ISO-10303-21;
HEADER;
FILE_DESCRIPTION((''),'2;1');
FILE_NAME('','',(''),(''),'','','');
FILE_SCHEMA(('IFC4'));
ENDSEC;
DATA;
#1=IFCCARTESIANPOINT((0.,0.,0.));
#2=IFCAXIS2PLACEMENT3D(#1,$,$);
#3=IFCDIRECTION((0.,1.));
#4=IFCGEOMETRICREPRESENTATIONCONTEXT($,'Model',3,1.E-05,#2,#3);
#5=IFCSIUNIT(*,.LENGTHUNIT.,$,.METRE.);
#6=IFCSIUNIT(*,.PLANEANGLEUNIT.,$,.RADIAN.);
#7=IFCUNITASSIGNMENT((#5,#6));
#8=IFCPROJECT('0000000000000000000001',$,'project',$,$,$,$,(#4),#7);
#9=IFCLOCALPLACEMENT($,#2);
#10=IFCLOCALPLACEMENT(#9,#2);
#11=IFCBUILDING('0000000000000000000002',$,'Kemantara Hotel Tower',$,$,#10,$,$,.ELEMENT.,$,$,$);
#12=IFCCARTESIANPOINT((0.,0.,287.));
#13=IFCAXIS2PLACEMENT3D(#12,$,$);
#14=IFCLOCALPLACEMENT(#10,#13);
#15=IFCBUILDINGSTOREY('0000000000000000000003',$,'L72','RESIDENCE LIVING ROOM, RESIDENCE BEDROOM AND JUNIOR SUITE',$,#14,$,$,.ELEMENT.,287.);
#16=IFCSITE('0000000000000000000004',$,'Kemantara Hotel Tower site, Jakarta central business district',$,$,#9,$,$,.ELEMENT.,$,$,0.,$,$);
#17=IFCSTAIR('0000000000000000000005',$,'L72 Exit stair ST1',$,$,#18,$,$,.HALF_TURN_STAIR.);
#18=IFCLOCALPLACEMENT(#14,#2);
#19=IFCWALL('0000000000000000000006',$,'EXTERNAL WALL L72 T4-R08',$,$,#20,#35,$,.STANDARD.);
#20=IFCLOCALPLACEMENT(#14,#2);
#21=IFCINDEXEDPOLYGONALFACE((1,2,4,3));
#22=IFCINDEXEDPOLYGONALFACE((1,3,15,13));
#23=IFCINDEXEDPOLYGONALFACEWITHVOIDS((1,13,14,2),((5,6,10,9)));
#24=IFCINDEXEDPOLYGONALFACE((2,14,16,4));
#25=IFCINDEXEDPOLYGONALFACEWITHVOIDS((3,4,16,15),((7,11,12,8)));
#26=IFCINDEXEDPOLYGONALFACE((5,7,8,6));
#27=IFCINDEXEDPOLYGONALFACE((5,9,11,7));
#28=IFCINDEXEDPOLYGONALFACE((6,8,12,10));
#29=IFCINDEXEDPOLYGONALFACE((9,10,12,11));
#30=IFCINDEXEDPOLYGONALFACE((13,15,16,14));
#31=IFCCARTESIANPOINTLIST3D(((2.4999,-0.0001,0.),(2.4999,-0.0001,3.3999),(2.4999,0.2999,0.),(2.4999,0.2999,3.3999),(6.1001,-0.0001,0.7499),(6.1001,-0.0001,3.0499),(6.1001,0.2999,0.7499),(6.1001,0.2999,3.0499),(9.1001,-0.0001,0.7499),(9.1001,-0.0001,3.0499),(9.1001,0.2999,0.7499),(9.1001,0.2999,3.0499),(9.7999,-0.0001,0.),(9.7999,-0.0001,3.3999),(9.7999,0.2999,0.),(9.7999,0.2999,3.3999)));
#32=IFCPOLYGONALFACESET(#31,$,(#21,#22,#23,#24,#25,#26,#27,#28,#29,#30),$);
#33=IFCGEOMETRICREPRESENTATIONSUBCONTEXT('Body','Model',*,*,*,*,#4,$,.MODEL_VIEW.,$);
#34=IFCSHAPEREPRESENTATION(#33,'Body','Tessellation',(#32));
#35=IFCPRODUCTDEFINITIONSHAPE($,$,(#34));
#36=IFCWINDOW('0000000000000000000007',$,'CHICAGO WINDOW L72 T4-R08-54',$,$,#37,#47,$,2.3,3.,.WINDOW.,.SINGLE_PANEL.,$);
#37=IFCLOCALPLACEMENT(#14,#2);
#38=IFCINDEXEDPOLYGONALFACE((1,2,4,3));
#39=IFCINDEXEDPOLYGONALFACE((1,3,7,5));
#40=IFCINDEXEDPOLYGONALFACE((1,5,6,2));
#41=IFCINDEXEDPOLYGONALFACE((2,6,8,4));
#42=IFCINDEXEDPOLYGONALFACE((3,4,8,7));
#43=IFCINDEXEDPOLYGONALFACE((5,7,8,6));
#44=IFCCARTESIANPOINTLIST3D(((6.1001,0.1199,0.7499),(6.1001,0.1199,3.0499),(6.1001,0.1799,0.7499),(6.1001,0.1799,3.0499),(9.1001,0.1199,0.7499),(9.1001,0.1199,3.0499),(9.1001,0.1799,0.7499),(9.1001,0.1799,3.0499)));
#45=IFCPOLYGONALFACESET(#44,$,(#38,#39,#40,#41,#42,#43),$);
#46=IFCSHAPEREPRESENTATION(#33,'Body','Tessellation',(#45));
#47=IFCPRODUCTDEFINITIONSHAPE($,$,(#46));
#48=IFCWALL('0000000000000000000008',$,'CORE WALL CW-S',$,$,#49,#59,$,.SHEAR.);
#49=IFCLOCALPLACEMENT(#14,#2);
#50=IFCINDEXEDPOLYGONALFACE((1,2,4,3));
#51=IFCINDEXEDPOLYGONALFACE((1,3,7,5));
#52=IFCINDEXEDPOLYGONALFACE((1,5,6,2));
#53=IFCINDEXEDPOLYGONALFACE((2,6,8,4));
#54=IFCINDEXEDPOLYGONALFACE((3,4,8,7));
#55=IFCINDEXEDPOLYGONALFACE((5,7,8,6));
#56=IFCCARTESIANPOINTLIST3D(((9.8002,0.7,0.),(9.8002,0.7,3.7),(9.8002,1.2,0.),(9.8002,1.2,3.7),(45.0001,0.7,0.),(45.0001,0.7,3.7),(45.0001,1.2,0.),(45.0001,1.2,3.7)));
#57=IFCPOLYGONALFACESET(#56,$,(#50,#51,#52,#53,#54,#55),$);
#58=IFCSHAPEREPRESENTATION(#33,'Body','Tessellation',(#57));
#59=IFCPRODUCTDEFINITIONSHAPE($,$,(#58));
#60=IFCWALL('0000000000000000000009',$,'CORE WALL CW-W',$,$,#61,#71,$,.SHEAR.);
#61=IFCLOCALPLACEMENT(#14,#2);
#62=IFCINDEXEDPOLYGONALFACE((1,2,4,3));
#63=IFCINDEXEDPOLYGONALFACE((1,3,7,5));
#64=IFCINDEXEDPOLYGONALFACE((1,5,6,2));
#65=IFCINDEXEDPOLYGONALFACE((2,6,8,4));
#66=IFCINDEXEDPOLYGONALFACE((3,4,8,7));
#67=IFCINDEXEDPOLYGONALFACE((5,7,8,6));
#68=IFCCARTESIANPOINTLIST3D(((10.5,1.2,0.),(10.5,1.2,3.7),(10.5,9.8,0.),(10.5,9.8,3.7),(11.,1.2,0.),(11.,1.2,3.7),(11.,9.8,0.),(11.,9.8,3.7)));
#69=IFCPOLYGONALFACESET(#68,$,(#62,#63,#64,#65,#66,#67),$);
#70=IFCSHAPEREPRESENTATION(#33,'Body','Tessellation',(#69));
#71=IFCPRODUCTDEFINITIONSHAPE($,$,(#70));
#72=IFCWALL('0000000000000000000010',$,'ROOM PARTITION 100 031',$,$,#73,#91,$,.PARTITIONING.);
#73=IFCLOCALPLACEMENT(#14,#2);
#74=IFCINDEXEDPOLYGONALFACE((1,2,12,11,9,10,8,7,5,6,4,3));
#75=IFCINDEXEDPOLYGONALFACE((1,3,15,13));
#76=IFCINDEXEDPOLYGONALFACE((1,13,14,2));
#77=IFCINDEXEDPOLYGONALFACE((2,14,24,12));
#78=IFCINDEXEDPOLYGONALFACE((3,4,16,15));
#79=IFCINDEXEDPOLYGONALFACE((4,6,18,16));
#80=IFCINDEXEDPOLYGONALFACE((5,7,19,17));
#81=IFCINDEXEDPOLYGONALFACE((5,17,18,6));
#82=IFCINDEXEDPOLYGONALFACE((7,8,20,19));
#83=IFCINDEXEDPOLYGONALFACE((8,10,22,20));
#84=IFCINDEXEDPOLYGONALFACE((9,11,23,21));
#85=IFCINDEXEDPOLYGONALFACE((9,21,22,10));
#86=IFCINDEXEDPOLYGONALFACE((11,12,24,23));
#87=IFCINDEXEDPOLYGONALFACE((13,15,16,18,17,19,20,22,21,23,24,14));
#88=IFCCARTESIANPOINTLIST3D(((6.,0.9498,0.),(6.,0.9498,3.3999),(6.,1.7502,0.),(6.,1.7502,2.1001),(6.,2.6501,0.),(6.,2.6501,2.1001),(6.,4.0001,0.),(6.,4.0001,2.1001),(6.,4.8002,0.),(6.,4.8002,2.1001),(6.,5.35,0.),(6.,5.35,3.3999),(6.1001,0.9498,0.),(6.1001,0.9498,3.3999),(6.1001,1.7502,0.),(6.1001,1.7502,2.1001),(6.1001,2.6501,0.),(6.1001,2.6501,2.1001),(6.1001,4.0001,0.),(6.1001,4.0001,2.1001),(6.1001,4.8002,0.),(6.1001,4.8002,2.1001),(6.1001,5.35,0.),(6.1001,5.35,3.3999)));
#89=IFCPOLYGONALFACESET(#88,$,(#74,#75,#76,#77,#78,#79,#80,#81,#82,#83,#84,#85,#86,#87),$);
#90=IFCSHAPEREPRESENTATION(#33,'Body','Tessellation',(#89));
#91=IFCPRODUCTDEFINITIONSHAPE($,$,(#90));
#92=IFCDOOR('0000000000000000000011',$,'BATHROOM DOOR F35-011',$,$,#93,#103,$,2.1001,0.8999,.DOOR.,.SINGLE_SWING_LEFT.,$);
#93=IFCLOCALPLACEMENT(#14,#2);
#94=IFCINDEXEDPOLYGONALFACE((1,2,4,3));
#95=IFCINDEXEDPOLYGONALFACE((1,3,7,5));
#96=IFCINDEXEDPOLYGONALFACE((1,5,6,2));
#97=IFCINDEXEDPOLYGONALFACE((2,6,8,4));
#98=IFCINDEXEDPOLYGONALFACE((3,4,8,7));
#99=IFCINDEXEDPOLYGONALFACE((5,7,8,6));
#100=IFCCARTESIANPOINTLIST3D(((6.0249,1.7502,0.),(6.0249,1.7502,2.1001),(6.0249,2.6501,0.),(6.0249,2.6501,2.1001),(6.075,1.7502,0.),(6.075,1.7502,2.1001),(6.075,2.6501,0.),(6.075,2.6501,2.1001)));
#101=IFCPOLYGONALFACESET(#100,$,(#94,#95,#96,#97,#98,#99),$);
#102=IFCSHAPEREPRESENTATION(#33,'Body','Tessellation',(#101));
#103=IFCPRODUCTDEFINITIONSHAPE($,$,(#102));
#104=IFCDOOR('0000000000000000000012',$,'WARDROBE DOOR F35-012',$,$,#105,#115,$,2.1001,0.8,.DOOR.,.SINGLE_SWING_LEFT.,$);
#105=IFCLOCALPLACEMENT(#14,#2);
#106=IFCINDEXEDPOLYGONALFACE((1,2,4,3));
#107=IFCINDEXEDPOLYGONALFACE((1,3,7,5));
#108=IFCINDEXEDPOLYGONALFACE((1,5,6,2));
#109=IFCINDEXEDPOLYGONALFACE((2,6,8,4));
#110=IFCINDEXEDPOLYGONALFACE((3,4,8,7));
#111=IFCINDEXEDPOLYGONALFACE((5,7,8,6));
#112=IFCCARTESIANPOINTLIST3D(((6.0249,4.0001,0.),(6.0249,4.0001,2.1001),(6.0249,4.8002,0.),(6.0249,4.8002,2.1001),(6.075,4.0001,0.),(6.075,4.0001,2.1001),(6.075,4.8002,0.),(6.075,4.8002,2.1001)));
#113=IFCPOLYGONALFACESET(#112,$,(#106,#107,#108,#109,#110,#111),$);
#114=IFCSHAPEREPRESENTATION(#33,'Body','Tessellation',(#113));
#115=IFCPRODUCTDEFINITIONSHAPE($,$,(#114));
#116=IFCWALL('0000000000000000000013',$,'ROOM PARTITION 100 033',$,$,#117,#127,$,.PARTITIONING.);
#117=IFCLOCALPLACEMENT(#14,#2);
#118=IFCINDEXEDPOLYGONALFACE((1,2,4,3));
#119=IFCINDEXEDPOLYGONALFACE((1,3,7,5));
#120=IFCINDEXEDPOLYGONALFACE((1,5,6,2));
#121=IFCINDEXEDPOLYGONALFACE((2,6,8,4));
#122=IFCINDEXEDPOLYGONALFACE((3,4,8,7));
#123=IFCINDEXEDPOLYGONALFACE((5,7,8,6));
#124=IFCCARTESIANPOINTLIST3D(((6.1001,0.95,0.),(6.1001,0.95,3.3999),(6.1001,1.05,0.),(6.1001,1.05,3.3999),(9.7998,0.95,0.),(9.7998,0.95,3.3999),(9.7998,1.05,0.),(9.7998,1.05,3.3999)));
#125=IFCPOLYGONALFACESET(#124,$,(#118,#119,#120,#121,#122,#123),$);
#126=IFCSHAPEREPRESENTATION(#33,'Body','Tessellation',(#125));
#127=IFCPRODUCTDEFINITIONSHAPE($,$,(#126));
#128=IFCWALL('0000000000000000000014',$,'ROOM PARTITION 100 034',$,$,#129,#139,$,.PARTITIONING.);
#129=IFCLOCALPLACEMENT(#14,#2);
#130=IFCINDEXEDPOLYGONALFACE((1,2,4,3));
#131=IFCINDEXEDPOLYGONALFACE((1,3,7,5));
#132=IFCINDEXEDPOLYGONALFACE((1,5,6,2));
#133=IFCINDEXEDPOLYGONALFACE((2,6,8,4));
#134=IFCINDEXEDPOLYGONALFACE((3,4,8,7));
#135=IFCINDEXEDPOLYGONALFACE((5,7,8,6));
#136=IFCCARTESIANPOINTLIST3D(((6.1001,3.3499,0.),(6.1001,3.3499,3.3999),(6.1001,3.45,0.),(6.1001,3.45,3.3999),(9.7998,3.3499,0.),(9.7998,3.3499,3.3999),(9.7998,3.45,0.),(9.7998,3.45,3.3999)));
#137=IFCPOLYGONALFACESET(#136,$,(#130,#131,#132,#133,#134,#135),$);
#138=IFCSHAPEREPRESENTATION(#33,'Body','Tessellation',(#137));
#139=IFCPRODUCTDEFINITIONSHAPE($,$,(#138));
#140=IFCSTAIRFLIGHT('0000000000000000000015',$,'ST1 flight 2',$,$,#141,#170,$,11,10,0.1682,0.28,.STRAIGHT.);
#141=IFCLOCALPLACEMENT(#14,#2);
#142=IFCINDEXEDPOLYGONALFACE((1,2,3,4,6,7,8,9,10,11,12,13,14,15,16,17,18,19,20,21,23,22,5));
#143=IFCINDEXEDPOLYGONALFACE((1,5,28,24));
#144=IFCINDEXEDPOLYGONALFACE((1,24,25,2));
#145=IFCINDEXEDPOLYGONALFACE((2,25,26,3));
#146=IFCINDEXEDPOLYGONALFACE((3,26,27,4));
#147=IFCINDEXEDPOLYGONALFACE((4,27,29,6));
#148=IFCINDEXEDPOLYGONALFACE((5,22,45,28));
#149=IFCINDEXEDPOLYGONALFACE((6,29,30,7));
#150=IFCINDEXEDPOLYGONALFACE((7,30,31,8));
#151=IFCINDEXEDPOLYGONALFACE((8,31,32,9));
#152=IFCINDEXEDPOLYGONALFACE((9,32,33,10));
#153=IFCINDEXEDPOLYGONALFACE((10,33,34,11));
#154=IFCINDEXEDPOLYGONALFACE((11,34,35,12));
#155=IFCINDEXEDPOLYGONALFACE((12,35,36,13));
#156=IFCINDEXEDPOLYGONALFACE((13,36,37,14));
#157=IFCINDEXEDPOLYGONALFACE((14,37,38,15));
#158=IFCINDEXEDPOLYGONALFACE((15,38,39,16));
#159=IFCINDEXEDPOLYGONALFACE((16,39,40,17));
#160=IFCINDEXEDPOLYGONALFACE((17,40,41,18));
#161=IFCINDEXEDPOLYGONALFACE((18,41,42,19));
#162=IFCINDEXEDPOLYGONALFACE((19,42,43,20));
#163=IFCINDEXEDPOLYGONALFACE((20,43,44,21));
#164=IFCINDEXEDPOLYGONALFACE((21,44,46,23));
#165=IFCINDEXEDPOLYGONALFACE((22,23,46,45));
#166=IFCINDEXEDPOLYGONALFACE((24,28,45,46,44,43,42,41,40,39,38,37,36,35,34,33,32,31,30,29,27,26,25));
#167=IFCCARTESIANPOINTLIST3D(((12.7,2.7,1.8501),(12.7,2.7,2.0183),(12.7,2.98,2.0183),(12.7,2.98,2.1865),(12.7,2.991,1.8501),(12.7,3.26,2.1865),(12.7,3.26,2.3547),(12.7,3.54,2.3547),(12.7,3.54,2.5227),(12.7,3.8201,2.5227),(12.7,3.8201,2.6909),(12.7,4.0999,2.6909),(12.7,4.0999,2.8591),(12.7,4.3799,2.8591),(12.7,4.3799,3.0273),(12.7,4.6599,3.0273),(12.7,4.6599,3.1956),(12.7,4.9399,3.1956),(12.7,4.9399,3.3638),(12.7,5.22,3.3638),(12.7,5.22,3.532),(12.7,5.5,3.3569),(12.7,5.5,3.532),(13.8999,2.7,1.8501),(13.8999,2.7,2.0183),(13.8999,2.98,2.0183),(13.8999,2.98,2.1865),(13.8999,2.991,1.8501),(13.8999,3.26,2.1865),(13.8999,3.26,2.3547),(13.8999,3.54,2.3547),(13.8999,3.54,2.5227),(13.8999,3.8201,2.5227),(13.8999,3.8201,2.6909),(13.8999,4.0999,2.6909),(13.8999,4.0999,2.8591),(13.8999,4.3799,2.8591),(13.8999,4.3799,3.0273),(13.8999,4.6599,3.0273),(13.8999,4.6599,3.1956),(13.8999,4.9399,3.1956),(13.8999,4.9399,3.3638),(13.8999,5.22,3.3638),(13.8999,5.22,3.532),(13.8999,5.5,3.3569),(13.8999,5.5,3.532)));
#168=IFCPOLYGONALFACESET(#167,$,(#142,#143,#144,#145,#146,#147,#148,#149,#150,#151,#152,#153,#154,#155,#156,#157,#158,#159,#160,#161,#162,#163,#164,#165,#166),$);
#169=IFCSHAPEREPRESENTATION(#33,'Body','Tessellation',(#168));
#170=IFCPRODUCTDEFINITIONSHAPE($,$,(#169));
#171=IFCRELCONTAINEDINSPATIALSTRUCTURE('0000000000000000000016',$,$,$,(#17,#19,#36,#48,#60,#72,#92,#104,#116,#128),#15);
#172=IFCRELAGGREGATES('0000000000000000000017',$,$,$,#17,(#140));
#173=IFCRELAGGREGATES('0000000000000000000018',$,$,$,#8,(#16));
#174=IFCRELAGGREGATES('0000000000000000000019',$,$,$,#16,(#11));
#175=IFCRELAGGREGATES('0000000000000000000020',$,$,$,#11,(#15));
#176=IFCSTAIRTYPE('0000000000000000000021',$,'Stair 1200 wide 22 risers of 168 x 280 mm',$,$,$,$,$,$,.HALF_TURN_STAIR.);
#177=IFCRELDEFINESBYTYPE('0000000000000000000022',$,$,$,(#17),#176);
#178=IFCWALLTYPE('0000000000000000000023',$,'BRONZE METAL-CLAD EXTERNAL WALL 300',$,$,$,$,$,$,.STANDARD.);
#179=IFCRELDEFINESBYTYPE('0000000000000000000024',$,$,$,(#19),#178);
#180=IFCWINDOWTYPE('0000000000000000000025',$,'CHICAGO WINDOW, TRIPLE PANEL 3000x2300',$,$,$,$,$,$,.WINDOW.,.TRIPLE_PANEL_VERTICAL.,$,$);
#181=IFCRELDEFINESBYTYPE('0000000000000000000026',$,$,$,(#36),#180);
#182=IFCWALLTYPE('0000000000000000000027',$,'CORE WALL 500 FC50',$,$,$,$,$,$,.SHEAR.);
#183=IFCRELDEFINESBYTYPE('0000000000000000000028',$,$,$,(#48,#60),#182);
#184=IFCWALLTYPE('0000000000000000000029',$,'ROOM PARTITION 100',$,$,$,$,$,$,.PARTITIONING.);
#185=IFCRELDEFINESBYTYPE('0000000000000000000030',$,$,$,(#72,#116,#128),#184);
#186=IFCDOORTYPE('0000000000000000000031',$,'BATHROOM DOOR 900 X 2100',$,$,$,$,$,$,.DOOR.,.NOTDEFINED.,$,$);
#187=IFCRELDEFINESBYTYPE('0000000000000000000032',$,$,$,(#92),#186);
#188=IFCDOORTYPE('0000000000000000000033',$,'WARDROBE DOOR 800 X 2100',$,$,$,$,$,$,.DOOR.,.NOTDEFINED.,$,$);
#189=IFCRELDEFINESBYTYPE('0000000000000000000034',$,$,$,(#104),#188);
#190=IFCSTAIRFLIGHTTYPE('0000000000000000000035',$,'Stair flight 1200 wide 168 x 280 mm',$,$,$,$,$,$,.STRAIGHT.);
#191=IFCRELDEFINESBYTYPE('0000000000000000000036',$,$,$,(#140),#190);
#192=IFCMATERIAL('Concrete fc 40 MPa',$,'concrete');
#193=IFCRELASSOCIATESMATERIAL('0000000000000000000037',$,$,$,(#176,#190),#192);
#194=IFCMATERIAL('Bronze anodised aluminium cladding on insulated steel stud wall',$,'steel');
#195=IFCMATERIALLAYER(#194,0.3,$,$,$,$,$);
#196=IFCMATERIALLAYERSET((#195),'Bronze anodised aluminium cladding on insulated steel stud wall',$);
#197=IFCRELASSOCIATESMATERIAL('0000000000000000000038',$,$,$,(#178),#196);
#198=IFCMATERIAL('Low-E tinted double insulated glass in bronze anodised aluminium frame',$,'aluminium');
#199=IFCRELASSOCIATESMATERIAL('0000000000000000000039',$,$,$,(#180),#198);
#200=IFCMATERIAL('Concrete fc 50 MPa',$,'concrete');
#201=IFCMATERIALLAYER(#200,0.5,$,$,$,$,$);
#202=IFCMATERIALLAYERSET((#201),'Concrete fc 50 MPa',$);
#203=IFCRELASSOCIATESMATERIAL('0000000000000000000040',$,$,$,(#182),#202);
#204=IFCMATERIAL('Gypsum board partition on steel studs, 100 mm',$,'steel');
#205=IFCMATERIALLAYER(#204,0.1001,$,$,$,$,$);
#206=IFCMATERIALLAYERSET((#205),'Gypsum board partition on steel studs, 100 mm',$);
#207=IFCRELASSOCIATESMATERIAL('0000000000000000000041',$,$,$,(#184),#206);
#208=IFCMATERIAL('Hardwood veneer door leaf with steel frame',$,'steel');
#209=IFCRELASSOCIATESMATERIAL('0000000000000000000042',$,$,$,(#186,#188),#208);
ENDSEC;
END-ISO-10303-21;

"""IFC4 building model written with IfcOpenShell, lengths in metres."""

from ifc_helpers import new_model, si_unit, direction, frame, frame_2d, origin, place, context, subcontext, project, spatial, polyline, rectangle, outline, extrude, material, layer, layer_set, type_object, element, fill, aggregate, save


model = new_model("IFC4")

# Units and contexts
model_context = context("Model", 3, precision=1e-05, world=origin(), true_north=direction((0.0, 1.0)))
body_context = subcontext(model_context, "Body", "Model", "MODEL_VIEW")
ifc_project = project(units=[si_unit("LENGTHUNIT", "METRE"), si_unit("PLANEANGLEUNIT", "RADIAN")], contexts=[model_context])

# Site, building, storey
site_placement = place(None, origin())
site = spatial("IfcSite", under=ifc_project, at=site_placement, Name="Kemantara Hotel Tower site, Jakarta central business district", CompositionType="ELEMENT", RefElevation=0.0)
building_placement = place(site_placement, origin())
building = spatial("IfcBuilding", under=site, at=building_placement, Name="Kemantara Hotel Tower", CompositionType="ELEMENT")
storey_placement = place(building_placement, frame((0.0, 0.0, 287.0)))
storey = spatial("IfcBuildingStorey", under=building, at=storey_placement, Name="L72", Description="RESIDENCE LIVING ROOM, RESIDENCE BEDROOM AND JUNIOR SUITE", CompositionType="ELEMENT", Elevation=287.0)

# Shared definitions
ifc_material_1 = material(Name="Concrete fc 50 MPa", Category="concrete")

# Shared definitions
ifc_material_2 = material(Name="Concrete fc 40 MPa", Category="concrete")

# Stair
stair_type_1 = type_object("IfcStairType", Name="Stair 1200 wide 22 risers of 168 x 280 mm", PredefinedType="HALF_TURN_STAIR", material=ifc_material_2)
stair_1_placement = place(storey_placement, origin())
stair_1 = element("IfcStair", 1, at=stair_1_placement, inside=storey, type_object=stair_type_1, Name="L72 Exit stair ST1", PredefinedType="HALF_TURN_STAIR")

# Shared definitions
ifc_material_3 = material(Name="Bronze anodised aluminium cladding on insulated steel stud wall", Category="steel")
ifc_layer_1 = layer(ifc_material_3, 0.3)
ifc_layer_set_1 = layer_set([ifc_layer_1], Name="Bronze anodised aluminium cladding on insulated steel stud wall")
wall_type_1 = type_object("IfcWallType", Name="BRONZE METAL-CLAD EXTERNAL WALL 300", PredefinedType="STANDARD", material=ifc_layer_set_1)

# Wall, opening, window
wall_1_placement = place(storey_placement, frame((2.5, 0.1499, 0.0), z_axis=(0.0, 0.0, 1.0), x_axis=(1.0, 0.0, 0.0)))
wall_1 = element("IfcWall", 2, at=wall_1_placement, inside=storey, type_object=wall_type_1, Name="EXTERNAL WALL L72 T4-R08", PredefinedType="STANDARD", context=body_context, shape_type="SweptSolid", body=[
    extrude(rectangle(XDim=7.3, YDim=0.3, at=frame_2d((3.6499, 0.0))), origin(), (0.0, 0.0, 1.0), 3.3999),
])
opening_1_placement = place(wall_1_placement, frame((3.6001, 0.0, 0.75)))
opening_1 = element("IfcOpeningElement", 3, at=opening_1_placement, cuts=wall_1, PredefinedType="OPENING", context=body_context, shape_type="SweptSolid", body=[
    extrude(rectangle(XDim=3.0, YDim=2.3, at=frame_2d((1.5, 1.1499))), frame((0.0, 0.1599, 0.0), z_axis=(0.0, -1.0, 0.0), x_axis=(1.0, 0.0, 0.0)), (0.0, 0.0, 1.0), 0.3201),
])
ifc_material_4 = material(Name="Low-E tinted double insulated glass in bronze anodised aluminium frame", Category="aluminium")
window_type = type_object("IfcWindowType", Name="CHICAGO WINDOW, TRIPLE PANEL 3000x2300", PartitioningType="TRIPLE_PANEL_VERTICAL", PredefinedType="WINDOW", material=ifc_material_4)
window_placement = place(opening_1_placement, origin())
window = element("IfcWindow", 4, at=window_placement, inside=storey, type_object=window_type, Name="CHICAGO WINDOW L72 T4-R08-54", OverallHeight=2.3, OverallWidth=3.0, PartitioningType="SINGLE_PANEL", PredefinedType="WINDOW", context=body_context, shape_type="SweptSolid", body=[
    extrude(rectangle(XDim=3.0, YDim=2.3, at=frame_2d((1.5, 1.1499))), frame((0.0, 0.03, 0.0), z_axis=(0.0, -1.0, 0.0), x_axis=(1.0, 0.0, 0.0)), (0.0, 0.0, 1.0), 0.0601),
])
fill(opening_1, window)

# Walls
ifc_layer_2 = layer(ifc_material_1, 0.5)
ifc_layer_set_2 = layer_set([ifc_layer_2], Name="Concrete fc 50 MPa")
wall_type_2 = type_object("IfcWallType", Name="CORE WALL 500 FC50", PredefinedType="SHEAR", material=ifc_layer_set_2)
wall_2_placement = place(storey_placement, frame((9.8, 0.95, 0.0), z_axis=(0.0, 0.0, 1.0), x_axis=(1.0, 0.0, 0.0)))
element("IfcWall", 5, at=wall_2_placement, inside=storey, type_object=wall_type_2, Name="CORE WALL CW-S", PredefinedType="SHEAR", context=body_context, shape_type="SweptSolid", body=[
    extrude(rectangle(XDim=35.2, YDim=0.5, at=frame_2d((17.6001, 0.0))), origin(), (0.0, 0.0, 1.0), 3.7),
])
wall_3_placement = place(storey_placement, frame((10.75, 1.2, 0.0), z_axis=(0.0, 0.0, 1.0), x_axis=(0.0, 1.0, 0.0)))
element("IfcWall", 6, at=wall_3_placement, inside=storey, type_object=wall_type_2, Name="CORE WALL CW-W", PredefinedType="SHEAR", context=body_context, shape_type="SweptSolid", body=[
    extrude(rectangle(XDim=8.6001, YDim=0.5, at=frame_2d((4.3, 0.0))), origin(), (0.0, 0.0, 1.0), 3.7),
])

# Wall, openings, doors
ifc_material_5 = material(Name="Gypsum board partition on steel studs, 100 mm", Category="steel")
ifc_layer_3 = layer(ifc_material_5, 0.1001)
ifc_layer_set_3 = layer_set([ifc_layer_3], Name="Gypsum board partition on steel studs, 100 mm")
wall_type_3 = type_object("IfcWallType", Name="ROOM PARTITION 100", PredefinedType="PARTITIONING", material=ifc_layer_set_3)
wall_4_placement = place(storey_placement, frame((6.05, 5.3501, 0.0), z_axis=(0.0, 0.0, 1.0), x_axis=(0.0, -1.0, 0.0)))
wall_4 = element("IfcWall", 7, at=wall_4_placement, inside=storey, type_object=wall_type_3, Name="ROOM PARTITION 100 031", PredefinedType="PARTITIONING", context=body_context, shape_type="SweptSolid", body=[
    extrude(rectangle(XDim=4.4001, YDim=0.1001, at=frame_2d((2.2002, 0.0))), origin(), (0.0, 0.0, 1.0), 3.3999),
])
opening_2_placement = place(wall_4_placement, frame((2.7, 0.0, 0.0)))
opening_2 = element("IfcOpeningElement", 8, at=opening_2_placement, cuts=wall_4, PredefinedType="OPENING", context=body_context, shape_type="SweptSolid", body=[
    extrude(rectangle(XDim=0.8999, YDim=2.1001, at=frame_2d((0.45, 1.05))), frame((0.0, 0.0601, 0.0), z_axis=(0.0, -1.0, 0.0), x_axis=(1.0, 0.0, 0.0)), (0.0, 0.0, 1.0), 0.1201),
])
opening_3_placement = place(wall_4_placement, frame((0.55, 0.0, 0.0)))
opening_3 = element("IfcOpeningElement", 9, at=opening_3_placement, cuts=wall_4, PredefinedType="OPENING", context=body_context, shape_type="SweptSolid", body=[
    extrude(rectangle(XDim=0.8, YDim=2.1001, at=frame_2d((0.3999, 1.05))), frame((0.0, 0.0601, 0.0), z_axis=(0.0, -1.0, 0.0), x_axis=(1.0, 0.0, 0.0)), (0.0, 0.0, 1.0), 0.1201),
])
ifc_material_6 = material(Name="Hardwood veneer door leaf with steel frame", Category="steel")
door_type_1 = type_object("IfcDoorType", Name="BATHROOM DOOR 900 X 2100", OperationType="NOTDEFINED", PredefinedType="DOOR", material=ifc_material_6)
door_1_placement = place(opening_2_placement, origin())
door_1 = element("IfcDoor", 10, at=door_1_placement, inside=storey, type_object=door_type_1, Name="BATHROOM DOOR F35-011", OperationType="SINGLE_SWING_LEFT", OverallHeight=2.1001, OverallWidth=0.8999, PredefinedType="DOOR", context=body_context, shape_type="SweptSolid", body=[
    extrude(rectangle(XDim=0.8999, YDim=2.1001, at=frame_2d((0.45, 1.05))), frame((0.0, 0.0249, 0.0), z_axis=(0.0, -1.0, 0.0), x_axis=(1.0, 0.0, 0.0)), (0.0, 0.0, 1.0), 0.05),
])
fill(opening_2, door_1)
door_type_2 = type_object("IfcDoorType", Name="WARDROBE DOOR 800 X 2100", OperationType="NOTDEFINED", PredefinedType="DOOR", material=ifc_material_6)
door_2_placement = place(opening_3_placement, origin())
door_2 = element("IfcDoor", 11, at=door_2_placement, inside=storey, type_object=door_type_2, Name="WARDROBE DOOR F35-012", OperationType="SINGLE_SWING_LEFT", OverallHeight=2.1001, OverallWidth=0.8, PredefinedType="DOOR", context=body_context, shape_type="SweptSolid", body=[
    extrude(rectangle(XDim=0.8, YDim=2.1001, at=frame_2d((0.3999, 1.05))), frame((0.0, 0.0249, 0.0), z_axis=(0.0, -1.0, 0.0), x_axis=(1.0, 0.0, 0.0)), (0.0, 0.0, 1.0), 0.05),
])
fill(opening_3, door_2)

# Walls
for number, where, z_axis, x_axis, name in (
    (12, (6.1001, 1.0, 0.0), (0.0, 0.0, 1.0), (1.0, 0.0, 0.0), "ROOM PARTITION 100 033"),
    (13, (6.1001, 3.3999, 0.0), (0.0, 0.0, 1.0), (1.0, 0.0, 0.0), "ROOM PARTITION 100 034"),
):
    element("IfcWall", number, at=place(storey_placement, frame(where, z_axis=z_axis, x_axis=x_axis)), inside=storey, type_object=wall_type_3, Name=name, PredefinedType="PARTITIONING", context=body_context, shape_type="SweptSolid", body=[
        extrude(rectangle(XDim=3.6997, YDim=0.1001, at=frame_2d((1.8499, 0.0))), origin(), (0.0, 0.0, 1.0), 3.3999),
    ])

# Stair flight
stair_flight_type = type_object("IfcStairFlightType", Name="Stair flight 1200 wide 168 x 280 mm", PredefinedType="STRAIGHT", material=ifc_material_2)
stair_flight_placement = place(storey_placement, frame((13.3, 2.7, 1.8501), z_axis=(0.0, 0.0, 1.0), x_axis=(0.0, 1.0, 0.0)))
stair_flight = element("IfcStairFlight", 14, at=stair_flight_placement, type_object=stair_flight_type, Name="ST1 flight 2", NumberOfRisers=11, NumberOfTreads=10, PredefinedType="STRAIGHT", RiserHeight=0.1682, TreadLength=0.28, context=body_context, shape_type="SweptSolid", body=[
    extrude(outline(polyline([(0.0, 0.0), (0.0, 0.1682), (0.28, 0.1682), (0.28, 0.3364), (0.5601, 0.3364), (0.5601, 0.5046), (0.8401, 0.5046), (0.8401, 0.6726), (1.1201, 0.6726), (1.1201, 0.8408), (1.3999, 0.8408), (1.3999, 1.009), (1.6799, 1.009), (1.6799, 1.1772), (1.96, 1.1772), (1.96, 1.3455), (2.24, 1.3455), (2.24, 1.5137), (2.52, 1.5137), (2.52, 1.6819), (2.8, 1.6819), (2.8, 1.8501), (2.8, 1.5068), (0.291, 0.0), (0.0, 0.0)])), frame((0.0, 0.6001, 0.0), z_axis=(0.0, -1.0, 0.0), x_axis=(1.0, 0.0, 0.0)), (0.0, 0.0, 1.0), 1.2),
])
aggregate(stair_1, [stair_flight])

save(model, "model.ifc")
